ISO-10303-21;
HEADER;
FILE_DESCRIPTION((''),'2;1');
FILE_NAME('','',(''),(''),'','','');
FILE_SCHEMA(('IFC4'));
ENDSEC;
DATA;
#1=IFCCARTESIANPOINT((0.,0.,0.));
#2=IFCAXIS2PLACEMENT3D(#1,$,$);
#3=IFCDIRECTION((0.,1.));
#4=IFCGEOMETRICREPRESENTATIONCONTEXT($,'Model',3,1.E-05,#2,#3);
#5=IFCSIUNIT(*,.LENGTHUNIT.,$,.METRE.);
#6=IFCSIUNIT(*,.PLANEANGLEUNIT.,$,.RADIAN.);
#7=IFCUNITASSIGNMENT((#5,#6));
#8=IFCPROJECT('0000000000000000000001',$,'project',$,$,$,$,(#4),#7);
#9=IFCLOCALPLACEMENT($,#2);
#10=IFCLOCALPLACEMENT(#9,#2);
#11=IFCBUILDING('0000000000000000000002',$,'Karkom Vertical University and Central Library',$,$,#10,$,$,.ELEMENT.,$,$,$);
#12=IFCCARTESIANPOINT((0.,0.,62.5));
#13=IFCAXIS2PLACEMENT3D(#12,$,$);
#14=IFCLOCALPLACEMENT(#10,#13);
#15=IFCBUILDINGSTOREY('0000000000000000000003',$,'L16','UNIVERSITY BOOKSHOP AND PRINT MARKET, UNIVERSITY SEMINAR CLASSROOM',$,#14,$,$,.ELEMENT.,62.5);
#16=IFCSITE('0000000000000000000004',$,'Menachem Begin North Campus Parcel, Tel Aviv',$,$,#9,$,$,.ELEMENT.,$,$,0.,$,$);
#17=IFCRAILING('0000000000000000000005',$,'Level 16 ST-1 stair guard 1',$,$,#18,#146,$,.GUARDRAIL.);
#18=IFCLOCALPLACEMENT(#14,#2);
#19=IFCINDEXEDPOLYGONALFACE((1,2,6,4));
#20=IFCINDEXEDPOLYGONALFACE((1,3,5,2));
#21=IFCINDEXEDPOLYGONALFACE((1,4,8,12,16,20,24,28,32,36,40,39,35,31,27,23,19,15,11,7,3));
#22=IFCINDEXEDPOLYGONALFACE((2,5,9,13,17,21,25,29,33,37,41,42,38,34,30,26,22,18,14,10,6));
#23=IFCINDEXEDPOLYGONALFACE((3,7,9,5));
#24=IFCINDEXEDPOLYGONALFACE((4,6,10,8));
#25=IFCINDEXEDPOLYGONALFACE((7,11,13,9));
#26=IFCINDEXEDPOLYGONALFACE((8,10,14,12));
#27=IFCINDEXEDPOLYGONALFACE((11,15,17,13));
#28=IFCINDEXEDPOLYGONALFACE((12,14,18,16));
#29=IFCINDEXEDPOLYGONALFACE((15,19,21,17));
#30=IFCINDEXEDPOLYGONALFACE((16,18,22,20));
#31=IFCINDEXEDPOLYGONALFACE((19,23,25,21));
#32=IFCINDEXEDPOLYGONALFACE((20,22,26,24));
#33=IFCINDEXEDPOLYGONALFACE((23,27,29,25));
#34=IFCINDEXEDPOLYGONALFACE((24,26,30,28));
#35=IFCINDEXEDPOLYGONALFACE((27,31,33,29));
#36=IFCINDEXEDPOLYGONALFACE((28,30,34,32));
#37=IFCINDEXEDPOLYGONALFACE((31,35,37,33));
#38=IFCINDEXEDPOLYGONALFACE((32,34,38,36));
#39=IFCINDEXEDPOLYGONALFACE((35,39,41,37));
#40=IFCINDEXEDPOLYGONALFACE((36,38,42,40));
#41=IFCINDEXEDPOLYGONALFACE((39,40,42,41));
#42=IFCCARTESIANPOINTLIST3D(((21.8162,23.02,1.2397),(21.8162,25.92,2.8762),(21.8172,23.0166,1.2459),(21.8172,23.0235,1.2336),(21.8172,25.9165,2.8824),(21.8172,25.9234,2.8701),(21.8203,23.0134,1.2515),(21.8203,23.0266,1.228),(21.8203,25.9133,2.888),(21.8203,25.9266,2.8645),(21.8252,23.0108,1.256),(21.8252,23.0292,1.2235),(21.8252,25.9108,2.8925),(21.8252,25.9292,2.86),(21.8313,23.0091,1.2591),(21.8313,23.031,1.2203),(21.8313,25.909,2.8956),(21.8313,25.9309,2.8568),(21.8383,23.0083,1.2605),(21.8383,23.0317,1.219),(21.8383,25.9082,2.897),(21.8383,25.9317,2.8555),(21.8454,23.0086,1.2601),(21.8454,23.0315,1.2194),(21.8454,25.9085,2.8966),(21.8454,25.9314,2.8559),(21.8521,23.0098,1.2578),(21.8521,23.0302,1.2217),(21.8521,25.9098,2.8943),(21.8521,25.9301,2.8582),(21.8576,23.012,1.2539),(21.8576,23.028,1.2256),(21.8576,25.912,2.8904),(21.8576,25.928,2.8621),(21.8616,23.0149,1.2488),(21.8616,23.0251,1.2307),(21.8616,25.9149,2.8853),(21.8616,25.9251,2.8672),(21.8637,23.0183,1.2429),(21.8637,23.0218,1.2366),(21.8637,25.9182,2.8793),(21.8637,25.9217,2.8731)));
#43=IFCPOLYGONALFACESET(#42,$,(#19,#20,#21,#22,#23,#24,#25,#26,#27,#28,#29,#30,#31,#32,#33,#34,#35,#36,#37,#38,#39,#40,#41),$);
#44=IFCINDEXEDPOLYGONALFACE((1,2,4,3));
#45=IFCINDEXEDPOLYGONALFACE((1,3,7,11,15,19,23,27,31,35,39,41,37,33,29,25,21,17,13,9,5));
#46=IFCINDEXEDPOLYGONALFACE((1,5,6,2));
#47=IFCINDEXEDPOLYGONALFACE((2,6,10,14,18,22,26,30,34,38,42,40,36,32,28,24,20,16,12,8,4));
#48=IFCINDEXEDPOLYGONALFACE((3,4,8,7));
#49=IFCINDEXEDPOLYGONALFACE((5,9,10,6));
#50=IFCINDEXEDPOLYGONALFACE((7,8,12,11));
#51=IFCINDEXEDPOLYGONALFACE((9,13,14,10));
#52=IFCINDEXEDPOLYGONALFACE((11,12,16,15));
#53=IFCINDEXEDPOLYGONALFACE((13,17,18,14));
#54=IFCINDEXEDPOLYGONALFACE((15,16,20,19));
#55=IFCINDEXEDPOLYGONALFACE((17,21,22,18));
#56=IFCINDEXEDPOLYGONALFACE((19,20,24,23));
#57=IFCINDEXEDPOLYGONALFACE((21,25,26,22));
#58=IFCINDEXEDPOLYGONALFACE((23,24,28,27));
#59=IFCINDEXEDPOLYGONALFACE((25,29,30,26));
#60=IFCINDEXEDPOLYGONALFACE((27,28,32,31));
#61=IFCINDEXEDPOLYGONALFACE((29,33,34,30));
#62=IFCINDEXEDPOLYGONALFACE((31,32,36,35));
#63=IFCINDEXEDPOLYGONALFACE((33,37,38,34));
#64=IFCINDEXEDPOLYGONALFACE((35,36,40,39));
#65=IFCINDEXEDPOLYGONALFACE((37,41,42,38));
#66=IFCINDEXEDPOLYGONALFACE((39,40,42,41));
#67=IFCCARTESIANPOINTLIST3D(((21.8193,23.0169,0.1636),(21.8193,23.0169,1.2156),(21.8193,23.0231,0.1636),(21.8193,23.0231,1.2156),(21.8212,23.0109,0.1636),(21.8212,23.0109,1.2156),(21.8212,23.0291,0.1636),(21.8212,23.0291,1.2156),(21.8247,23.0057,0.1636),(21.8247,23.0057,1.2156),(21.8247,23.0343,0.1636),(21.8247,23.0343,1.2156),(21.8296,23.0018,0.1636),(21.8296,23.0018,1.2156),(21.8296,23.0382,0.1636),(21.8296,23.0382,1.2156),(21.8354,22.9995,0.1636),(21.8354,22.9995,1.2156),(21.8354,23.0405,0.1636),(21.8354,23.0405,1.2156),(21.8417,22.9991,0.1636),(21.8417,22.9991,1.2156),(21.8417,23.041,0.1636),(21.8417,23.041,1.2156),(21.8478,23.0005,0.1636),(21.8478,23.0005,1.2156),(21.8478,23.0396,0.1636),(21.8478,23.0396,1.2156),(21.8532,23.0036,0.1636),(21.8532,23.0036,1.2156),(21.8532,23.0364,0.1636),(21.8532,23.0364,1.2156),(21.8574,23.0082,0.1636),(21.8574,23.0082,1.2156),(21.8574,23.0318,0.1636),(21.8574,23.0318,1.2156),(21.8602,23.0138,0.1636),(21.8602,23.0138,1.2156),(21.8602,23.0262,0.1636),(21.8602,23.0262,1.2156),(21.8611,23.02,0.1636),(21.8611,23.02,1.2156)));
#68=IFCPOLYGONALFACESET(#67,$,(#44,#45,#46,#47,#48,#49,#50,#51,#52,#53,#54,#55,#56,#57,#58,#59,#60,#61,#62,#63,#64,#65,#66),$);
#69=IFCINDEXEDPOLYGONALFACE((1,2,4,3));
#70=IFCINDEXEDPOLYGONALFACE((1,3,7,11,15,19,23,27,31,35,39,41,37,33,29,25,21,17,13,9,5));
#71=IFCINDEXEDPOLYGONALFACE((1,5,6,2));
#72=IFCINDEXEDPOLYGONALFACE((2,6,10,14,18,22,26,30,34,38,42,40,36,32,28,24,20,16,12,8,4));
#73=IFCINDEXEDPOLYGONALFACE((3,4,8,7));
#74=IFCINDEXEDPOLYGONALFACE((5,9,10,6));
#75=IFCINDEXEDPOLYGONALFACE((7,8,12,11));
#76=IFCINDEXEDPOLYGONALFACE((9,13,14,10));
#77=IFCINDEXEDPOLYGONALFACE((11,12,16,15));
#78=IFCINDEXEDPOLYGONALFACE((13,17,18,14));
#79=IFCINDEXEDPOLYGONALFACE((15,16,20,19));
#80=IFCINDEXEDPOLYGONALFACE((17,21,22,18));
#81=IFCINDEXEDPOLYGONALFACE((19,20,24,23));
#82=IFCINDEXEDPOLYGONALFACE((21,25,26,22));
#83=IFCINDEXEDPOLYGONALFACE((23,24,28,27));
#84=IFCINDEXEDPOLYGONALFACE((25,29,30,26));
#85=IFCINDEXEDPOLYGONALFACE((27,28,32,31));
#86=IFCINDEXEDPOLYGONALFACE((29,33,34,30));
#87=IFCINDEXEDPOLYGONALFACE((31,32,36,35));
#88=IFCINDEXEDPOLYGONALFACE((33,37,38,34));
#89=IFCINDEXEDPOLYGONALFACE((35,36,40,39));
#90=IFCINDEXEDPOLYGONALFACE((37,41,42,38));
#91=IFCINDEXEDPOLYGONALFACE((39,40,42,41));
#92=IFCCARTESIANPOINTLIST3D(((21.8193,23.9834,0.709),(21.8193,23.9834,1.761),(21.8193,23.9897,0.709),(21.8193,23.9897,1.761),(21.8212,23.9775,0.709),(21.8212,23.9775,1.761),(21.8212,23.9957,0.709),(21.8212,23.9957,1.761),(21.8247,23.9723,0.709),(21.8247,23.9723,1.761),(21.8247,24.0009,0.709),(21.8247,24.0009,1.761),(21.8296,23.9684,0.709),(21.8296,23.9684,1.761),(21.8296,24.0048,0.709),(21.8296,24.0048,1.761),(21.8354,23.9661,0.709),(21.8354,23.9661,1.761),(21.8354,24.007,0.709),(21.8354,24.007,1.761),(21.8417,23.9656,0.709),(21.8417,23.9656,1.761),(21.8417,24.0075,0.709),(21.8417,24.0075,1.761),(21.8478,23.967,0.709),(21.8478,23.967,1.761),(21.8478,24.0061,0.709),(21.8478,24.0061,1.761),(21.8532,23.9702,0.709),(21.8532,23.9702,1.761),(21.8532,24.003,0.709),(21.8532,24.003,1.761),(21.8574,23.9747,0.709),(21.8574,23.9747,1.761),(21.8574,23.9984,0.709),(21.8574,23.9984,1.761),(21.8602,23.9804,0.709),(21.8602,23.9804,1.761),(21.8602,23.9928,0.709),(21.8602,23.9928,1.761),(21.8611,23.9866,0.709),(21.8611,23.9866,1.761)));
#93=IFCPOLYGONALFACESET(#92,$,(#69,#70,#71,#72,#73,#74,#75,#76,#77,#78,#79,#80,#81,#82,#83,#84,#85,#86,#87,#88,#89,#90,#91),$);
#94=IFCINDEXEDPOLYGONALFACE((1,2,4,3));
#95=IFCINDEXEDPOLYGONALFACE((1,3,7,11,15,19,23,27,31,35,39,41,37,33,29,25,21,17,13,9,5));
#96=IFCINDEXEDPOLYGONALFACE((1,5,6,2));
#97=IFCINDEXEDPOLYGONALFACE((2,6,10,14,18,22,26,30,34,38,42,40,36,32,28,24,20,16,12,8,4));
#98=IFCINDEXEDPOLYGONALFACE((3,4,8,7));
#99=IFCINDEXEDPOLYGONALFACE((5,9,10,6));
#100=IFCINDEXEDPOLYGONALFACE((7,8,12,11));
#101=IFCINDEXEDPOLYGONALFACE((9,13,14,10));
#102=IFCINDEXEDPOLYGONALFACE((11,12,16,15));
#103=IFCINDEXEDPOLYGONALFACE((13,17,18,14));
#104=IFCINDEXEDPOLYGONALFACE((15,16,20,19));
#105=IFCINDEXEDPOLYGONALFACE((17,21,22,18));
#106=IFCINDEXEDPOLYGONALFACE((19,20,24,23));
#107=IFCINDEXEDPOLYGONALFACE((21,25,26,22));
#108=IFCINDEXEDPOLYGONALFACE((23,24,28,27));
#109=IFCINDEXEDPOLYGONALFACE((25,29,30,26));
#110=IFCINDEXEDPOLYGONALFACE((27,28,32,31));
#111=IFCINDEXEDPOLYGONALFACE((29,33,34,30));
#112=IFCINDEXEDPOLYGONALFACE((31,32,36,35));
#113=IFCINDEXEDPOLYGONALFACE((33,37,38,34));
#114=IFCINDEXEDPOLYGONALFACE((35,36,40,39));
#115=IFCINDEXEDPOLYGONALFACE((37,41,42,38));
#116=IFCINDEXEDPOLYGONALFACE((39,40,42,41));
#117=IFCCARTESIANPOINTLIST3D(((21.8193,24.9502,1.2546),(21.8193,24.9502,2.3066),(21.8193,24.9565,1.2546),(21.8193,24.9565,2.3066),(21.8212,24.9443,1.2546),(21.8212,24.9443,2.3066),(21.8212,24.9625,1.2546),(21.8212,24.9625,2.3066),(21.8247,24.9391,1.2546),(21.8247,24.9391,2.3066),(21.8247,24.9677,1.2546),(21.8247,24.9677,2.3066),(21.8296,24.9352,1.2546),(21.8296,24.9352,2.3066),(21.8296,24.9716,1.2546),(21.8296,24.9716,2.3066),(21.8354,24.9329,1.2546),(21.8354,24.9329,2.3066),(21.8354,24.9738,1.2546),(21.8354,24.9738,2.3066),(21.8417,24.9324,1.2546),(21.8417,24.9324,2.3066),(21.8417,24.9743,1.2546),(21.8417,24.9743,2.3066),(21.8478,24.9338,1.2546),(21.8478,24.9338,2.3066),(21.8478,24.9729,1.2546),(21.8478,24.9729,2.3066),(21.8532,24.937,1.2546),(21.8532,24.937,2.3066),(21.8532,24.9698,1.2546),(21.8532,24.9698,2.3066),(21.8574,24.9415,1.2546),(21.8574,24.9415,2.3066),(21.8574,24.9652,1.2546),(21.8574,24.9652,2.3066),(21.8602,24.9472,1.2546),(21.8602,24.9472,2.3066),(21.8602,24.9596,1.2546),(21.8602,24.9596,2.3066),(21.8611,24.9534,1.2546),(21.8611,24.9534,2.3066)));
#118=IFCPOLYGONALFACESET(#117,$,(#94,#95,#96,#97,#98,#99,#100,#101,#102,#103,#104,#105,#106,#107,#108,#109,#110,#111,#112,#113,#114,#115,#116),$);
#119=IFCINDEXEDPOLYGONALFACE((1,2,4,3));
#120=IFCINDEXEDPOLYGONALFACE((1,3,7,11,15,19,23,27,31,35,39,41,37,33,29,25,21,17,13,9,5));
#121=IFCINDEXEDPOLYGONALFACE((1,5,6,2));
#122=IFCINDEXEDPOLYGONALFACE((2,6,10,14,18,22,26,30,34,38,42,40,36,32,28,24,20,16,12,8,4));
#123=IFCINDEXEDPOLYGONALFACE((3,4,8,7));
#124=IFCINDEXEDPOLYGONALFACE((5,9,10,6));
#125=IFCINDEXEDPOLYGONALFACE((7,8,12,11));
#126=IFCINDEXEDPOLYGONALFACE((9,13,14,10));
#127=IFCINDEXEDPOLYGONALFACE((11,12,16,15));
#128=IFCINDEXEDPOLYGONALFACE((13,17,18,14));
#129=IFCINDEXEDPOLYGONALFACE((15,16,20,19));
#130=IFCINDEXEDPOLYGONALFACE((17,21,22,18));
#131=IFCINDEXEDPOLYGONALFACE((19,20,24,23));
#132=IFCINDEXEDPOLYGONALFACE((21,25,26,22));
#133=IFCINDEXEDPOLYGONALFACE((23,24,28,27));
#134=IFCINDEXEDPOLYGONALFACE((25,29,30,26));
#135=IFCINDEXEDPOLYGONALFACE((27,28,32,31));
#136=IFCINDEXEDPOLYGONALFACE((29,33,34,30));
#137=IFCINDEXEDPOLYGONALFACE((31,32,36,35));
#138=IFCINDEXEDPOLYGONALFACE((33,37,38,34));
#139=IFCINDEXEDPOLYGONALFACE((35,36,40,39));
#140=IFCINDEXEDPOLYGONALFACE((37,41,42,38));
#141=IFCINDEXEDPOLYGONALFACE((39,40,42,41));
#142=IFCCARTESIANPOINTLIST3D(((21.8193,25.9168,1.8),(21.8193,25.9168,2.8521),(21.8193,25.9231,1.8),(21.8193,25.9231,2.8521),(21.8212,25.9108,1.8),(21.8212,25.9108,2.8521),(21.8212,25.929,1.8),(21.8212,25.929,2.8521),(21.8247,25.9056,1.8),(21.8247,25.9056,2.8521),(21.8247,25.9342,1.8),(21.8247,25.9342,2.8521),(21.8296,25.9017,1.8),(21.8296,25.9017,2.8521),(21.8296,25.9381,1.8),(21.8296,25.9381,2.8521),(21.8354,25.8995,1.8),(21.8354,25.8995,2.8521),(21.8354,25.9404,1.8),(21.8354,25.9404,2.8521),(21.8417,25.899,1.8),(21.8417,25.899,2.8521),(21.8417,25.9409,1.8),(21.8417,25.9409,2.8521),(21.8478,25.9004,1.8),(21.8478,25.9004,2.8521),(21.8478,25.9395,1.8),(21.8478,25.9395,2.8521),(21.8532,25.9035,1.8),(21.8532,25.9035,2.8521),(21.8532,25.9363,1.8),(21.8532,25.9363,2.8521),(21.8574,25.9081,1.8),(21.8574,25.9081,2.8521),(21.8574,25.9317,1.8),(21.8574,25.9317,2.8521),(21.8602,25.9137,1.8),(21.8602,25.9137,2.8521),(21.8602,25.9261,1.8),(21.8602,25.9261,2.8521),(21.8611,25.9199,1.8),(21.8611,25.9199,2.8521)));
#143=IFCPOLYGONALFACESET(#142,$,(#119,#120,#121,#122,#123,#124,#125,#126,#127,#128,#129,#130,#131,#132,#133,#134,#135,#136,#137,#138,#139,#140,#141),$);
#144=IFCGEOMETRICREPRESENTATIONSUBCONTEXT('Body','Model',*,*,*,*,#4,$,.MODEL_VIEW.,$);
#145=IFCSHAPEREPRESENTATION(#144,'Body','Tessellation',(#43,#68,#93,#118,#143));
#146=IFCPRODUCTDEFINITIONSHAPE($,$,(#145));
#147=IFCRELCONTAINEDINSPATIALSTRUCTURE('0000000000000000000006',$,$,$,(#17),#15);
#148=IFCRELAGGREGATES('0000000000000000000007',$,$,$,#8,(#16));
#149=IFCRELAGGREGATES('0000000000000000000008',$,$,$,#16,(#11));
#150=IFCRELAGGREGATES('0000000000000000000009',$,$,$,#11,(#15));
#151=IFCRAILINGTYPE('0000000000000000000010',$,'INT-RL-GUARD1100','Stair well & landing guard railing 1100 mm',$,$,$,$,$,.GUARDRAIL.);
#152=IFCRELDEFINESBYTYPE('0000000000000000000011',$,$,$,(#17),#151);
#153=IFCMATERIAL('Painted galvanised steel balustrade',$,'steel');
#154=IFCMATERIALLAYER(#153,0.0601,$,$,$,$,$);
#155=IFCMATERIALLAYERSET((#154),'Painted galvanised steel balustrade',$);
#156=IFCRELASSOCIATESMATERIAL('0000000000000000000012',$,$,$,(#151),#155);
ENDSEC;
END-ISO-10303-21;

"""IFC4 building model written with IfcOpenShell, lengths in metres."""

from ifc_helpers import new_model, si_unit, direction, frame, origin, origin_2d, place, context, subcontext, project, spatial, circle, extrude, material, layer, layer_set, type_object, element, save


model = new_model("IFC4")

# Units and contexts
model_context = context("Model", 3, precision=1e-05, world=origin(), true_north=direction((0.0, 1.0)))
body_context = subcontext(model_context, "Body", "Model", "MODEL_VIEW")
ifc_project = project(units=[si_unit("LENGTHUNIT", "METRE"), si_unit("PLANEANGLEUNIT", "RADIAN")], contexts=[model_context])

# Site, building, storey
site_placement = place(None, origin())
site = spatial("IfcSite", under=ifc_project, at=site_placement, Name="Menachem Begin North Campus Parcel, Tel Aviv", CompositionType="ELEMENT", RefElevation=0.0)
building_placement = place(site_placement, origin())
building = spatial("IfcBuilding", under=site, at=building_placement, Name="Karkom Vertical University and Central Library", CompositionType="ELEMENT")
storey_placement = place(building_placement, frame((0.0, 0.0, 62.5)))
storey = spatial("IfcBuildingStorey", under=building, at=storey_placement, Name="L16", Description="UNIVERSITY BOOKSHOP AND PRINT MARKET, UNIVERSITY SEMINAR CLASSROOM", CompositionType="ELEMENT", Elevation=62.5)

# Railing
ifc_material_1 = material(Name="Painted galvanised steel balustrade", Category="steel")
ifc_layer_1 = layer(ifc_material_1, 0.0601)
ifc_layer_set_1 = layer_set([ifc_layer_1], Name="Painted galvanised steel balustrade")
railing_type_1 = type_object("IfcRailingType", Name="INT-RL-GUARD1100", Description="Stair well & landing guard railing 1100 mm", PredefinedType="GUARDRAIL", material=ifc_layer_set_1)
railing_1_placement = place(storey_placement, frame((21.8401, 23.02, 0.1636)))
element("IfcRailing", 1, at=railing_1_placement, inside=storey, type_object=railing_type_1, Name="Level 16 ST-1 stair guard 1", PredefinedType="GUARDRAIL", context=body_context, shape_type="SweptSolid", body=[
    extrude(circle(Radius=0.0239, at=origin_2d()), frame((0.0, 0.0, 1.0762), z_axis=(0.0, 0.870897, 0.491465), x_axis=(-1.0, 0.0, 0.0)), (0.0, 0.0, 1.0), 3.3298),
    extrude(circle(Radius=0.021, at=origin_2d()), origin(), (0.0, 0.0, 1.0), 1.052),
    extrude(circle(Radius=0.021, at=origin_2d()), frame((0.0, 0.9666, 0.5454)), (0.0, 0.0, 1.0), 1.052),
    extrude(circle(Radius=0.021, at=origin_2d()), frame((0.0, 1.9333, 1.0911)), (0.0, 0.0, 1.0), 1.052),
    extrude(circle(Radius=0.021, at=origin_2d()), frame((0.0, 2.8999, 1.6365)), (0.0, 0.0, 1.0), 1.052),
])

save(model, "model.ifc")
